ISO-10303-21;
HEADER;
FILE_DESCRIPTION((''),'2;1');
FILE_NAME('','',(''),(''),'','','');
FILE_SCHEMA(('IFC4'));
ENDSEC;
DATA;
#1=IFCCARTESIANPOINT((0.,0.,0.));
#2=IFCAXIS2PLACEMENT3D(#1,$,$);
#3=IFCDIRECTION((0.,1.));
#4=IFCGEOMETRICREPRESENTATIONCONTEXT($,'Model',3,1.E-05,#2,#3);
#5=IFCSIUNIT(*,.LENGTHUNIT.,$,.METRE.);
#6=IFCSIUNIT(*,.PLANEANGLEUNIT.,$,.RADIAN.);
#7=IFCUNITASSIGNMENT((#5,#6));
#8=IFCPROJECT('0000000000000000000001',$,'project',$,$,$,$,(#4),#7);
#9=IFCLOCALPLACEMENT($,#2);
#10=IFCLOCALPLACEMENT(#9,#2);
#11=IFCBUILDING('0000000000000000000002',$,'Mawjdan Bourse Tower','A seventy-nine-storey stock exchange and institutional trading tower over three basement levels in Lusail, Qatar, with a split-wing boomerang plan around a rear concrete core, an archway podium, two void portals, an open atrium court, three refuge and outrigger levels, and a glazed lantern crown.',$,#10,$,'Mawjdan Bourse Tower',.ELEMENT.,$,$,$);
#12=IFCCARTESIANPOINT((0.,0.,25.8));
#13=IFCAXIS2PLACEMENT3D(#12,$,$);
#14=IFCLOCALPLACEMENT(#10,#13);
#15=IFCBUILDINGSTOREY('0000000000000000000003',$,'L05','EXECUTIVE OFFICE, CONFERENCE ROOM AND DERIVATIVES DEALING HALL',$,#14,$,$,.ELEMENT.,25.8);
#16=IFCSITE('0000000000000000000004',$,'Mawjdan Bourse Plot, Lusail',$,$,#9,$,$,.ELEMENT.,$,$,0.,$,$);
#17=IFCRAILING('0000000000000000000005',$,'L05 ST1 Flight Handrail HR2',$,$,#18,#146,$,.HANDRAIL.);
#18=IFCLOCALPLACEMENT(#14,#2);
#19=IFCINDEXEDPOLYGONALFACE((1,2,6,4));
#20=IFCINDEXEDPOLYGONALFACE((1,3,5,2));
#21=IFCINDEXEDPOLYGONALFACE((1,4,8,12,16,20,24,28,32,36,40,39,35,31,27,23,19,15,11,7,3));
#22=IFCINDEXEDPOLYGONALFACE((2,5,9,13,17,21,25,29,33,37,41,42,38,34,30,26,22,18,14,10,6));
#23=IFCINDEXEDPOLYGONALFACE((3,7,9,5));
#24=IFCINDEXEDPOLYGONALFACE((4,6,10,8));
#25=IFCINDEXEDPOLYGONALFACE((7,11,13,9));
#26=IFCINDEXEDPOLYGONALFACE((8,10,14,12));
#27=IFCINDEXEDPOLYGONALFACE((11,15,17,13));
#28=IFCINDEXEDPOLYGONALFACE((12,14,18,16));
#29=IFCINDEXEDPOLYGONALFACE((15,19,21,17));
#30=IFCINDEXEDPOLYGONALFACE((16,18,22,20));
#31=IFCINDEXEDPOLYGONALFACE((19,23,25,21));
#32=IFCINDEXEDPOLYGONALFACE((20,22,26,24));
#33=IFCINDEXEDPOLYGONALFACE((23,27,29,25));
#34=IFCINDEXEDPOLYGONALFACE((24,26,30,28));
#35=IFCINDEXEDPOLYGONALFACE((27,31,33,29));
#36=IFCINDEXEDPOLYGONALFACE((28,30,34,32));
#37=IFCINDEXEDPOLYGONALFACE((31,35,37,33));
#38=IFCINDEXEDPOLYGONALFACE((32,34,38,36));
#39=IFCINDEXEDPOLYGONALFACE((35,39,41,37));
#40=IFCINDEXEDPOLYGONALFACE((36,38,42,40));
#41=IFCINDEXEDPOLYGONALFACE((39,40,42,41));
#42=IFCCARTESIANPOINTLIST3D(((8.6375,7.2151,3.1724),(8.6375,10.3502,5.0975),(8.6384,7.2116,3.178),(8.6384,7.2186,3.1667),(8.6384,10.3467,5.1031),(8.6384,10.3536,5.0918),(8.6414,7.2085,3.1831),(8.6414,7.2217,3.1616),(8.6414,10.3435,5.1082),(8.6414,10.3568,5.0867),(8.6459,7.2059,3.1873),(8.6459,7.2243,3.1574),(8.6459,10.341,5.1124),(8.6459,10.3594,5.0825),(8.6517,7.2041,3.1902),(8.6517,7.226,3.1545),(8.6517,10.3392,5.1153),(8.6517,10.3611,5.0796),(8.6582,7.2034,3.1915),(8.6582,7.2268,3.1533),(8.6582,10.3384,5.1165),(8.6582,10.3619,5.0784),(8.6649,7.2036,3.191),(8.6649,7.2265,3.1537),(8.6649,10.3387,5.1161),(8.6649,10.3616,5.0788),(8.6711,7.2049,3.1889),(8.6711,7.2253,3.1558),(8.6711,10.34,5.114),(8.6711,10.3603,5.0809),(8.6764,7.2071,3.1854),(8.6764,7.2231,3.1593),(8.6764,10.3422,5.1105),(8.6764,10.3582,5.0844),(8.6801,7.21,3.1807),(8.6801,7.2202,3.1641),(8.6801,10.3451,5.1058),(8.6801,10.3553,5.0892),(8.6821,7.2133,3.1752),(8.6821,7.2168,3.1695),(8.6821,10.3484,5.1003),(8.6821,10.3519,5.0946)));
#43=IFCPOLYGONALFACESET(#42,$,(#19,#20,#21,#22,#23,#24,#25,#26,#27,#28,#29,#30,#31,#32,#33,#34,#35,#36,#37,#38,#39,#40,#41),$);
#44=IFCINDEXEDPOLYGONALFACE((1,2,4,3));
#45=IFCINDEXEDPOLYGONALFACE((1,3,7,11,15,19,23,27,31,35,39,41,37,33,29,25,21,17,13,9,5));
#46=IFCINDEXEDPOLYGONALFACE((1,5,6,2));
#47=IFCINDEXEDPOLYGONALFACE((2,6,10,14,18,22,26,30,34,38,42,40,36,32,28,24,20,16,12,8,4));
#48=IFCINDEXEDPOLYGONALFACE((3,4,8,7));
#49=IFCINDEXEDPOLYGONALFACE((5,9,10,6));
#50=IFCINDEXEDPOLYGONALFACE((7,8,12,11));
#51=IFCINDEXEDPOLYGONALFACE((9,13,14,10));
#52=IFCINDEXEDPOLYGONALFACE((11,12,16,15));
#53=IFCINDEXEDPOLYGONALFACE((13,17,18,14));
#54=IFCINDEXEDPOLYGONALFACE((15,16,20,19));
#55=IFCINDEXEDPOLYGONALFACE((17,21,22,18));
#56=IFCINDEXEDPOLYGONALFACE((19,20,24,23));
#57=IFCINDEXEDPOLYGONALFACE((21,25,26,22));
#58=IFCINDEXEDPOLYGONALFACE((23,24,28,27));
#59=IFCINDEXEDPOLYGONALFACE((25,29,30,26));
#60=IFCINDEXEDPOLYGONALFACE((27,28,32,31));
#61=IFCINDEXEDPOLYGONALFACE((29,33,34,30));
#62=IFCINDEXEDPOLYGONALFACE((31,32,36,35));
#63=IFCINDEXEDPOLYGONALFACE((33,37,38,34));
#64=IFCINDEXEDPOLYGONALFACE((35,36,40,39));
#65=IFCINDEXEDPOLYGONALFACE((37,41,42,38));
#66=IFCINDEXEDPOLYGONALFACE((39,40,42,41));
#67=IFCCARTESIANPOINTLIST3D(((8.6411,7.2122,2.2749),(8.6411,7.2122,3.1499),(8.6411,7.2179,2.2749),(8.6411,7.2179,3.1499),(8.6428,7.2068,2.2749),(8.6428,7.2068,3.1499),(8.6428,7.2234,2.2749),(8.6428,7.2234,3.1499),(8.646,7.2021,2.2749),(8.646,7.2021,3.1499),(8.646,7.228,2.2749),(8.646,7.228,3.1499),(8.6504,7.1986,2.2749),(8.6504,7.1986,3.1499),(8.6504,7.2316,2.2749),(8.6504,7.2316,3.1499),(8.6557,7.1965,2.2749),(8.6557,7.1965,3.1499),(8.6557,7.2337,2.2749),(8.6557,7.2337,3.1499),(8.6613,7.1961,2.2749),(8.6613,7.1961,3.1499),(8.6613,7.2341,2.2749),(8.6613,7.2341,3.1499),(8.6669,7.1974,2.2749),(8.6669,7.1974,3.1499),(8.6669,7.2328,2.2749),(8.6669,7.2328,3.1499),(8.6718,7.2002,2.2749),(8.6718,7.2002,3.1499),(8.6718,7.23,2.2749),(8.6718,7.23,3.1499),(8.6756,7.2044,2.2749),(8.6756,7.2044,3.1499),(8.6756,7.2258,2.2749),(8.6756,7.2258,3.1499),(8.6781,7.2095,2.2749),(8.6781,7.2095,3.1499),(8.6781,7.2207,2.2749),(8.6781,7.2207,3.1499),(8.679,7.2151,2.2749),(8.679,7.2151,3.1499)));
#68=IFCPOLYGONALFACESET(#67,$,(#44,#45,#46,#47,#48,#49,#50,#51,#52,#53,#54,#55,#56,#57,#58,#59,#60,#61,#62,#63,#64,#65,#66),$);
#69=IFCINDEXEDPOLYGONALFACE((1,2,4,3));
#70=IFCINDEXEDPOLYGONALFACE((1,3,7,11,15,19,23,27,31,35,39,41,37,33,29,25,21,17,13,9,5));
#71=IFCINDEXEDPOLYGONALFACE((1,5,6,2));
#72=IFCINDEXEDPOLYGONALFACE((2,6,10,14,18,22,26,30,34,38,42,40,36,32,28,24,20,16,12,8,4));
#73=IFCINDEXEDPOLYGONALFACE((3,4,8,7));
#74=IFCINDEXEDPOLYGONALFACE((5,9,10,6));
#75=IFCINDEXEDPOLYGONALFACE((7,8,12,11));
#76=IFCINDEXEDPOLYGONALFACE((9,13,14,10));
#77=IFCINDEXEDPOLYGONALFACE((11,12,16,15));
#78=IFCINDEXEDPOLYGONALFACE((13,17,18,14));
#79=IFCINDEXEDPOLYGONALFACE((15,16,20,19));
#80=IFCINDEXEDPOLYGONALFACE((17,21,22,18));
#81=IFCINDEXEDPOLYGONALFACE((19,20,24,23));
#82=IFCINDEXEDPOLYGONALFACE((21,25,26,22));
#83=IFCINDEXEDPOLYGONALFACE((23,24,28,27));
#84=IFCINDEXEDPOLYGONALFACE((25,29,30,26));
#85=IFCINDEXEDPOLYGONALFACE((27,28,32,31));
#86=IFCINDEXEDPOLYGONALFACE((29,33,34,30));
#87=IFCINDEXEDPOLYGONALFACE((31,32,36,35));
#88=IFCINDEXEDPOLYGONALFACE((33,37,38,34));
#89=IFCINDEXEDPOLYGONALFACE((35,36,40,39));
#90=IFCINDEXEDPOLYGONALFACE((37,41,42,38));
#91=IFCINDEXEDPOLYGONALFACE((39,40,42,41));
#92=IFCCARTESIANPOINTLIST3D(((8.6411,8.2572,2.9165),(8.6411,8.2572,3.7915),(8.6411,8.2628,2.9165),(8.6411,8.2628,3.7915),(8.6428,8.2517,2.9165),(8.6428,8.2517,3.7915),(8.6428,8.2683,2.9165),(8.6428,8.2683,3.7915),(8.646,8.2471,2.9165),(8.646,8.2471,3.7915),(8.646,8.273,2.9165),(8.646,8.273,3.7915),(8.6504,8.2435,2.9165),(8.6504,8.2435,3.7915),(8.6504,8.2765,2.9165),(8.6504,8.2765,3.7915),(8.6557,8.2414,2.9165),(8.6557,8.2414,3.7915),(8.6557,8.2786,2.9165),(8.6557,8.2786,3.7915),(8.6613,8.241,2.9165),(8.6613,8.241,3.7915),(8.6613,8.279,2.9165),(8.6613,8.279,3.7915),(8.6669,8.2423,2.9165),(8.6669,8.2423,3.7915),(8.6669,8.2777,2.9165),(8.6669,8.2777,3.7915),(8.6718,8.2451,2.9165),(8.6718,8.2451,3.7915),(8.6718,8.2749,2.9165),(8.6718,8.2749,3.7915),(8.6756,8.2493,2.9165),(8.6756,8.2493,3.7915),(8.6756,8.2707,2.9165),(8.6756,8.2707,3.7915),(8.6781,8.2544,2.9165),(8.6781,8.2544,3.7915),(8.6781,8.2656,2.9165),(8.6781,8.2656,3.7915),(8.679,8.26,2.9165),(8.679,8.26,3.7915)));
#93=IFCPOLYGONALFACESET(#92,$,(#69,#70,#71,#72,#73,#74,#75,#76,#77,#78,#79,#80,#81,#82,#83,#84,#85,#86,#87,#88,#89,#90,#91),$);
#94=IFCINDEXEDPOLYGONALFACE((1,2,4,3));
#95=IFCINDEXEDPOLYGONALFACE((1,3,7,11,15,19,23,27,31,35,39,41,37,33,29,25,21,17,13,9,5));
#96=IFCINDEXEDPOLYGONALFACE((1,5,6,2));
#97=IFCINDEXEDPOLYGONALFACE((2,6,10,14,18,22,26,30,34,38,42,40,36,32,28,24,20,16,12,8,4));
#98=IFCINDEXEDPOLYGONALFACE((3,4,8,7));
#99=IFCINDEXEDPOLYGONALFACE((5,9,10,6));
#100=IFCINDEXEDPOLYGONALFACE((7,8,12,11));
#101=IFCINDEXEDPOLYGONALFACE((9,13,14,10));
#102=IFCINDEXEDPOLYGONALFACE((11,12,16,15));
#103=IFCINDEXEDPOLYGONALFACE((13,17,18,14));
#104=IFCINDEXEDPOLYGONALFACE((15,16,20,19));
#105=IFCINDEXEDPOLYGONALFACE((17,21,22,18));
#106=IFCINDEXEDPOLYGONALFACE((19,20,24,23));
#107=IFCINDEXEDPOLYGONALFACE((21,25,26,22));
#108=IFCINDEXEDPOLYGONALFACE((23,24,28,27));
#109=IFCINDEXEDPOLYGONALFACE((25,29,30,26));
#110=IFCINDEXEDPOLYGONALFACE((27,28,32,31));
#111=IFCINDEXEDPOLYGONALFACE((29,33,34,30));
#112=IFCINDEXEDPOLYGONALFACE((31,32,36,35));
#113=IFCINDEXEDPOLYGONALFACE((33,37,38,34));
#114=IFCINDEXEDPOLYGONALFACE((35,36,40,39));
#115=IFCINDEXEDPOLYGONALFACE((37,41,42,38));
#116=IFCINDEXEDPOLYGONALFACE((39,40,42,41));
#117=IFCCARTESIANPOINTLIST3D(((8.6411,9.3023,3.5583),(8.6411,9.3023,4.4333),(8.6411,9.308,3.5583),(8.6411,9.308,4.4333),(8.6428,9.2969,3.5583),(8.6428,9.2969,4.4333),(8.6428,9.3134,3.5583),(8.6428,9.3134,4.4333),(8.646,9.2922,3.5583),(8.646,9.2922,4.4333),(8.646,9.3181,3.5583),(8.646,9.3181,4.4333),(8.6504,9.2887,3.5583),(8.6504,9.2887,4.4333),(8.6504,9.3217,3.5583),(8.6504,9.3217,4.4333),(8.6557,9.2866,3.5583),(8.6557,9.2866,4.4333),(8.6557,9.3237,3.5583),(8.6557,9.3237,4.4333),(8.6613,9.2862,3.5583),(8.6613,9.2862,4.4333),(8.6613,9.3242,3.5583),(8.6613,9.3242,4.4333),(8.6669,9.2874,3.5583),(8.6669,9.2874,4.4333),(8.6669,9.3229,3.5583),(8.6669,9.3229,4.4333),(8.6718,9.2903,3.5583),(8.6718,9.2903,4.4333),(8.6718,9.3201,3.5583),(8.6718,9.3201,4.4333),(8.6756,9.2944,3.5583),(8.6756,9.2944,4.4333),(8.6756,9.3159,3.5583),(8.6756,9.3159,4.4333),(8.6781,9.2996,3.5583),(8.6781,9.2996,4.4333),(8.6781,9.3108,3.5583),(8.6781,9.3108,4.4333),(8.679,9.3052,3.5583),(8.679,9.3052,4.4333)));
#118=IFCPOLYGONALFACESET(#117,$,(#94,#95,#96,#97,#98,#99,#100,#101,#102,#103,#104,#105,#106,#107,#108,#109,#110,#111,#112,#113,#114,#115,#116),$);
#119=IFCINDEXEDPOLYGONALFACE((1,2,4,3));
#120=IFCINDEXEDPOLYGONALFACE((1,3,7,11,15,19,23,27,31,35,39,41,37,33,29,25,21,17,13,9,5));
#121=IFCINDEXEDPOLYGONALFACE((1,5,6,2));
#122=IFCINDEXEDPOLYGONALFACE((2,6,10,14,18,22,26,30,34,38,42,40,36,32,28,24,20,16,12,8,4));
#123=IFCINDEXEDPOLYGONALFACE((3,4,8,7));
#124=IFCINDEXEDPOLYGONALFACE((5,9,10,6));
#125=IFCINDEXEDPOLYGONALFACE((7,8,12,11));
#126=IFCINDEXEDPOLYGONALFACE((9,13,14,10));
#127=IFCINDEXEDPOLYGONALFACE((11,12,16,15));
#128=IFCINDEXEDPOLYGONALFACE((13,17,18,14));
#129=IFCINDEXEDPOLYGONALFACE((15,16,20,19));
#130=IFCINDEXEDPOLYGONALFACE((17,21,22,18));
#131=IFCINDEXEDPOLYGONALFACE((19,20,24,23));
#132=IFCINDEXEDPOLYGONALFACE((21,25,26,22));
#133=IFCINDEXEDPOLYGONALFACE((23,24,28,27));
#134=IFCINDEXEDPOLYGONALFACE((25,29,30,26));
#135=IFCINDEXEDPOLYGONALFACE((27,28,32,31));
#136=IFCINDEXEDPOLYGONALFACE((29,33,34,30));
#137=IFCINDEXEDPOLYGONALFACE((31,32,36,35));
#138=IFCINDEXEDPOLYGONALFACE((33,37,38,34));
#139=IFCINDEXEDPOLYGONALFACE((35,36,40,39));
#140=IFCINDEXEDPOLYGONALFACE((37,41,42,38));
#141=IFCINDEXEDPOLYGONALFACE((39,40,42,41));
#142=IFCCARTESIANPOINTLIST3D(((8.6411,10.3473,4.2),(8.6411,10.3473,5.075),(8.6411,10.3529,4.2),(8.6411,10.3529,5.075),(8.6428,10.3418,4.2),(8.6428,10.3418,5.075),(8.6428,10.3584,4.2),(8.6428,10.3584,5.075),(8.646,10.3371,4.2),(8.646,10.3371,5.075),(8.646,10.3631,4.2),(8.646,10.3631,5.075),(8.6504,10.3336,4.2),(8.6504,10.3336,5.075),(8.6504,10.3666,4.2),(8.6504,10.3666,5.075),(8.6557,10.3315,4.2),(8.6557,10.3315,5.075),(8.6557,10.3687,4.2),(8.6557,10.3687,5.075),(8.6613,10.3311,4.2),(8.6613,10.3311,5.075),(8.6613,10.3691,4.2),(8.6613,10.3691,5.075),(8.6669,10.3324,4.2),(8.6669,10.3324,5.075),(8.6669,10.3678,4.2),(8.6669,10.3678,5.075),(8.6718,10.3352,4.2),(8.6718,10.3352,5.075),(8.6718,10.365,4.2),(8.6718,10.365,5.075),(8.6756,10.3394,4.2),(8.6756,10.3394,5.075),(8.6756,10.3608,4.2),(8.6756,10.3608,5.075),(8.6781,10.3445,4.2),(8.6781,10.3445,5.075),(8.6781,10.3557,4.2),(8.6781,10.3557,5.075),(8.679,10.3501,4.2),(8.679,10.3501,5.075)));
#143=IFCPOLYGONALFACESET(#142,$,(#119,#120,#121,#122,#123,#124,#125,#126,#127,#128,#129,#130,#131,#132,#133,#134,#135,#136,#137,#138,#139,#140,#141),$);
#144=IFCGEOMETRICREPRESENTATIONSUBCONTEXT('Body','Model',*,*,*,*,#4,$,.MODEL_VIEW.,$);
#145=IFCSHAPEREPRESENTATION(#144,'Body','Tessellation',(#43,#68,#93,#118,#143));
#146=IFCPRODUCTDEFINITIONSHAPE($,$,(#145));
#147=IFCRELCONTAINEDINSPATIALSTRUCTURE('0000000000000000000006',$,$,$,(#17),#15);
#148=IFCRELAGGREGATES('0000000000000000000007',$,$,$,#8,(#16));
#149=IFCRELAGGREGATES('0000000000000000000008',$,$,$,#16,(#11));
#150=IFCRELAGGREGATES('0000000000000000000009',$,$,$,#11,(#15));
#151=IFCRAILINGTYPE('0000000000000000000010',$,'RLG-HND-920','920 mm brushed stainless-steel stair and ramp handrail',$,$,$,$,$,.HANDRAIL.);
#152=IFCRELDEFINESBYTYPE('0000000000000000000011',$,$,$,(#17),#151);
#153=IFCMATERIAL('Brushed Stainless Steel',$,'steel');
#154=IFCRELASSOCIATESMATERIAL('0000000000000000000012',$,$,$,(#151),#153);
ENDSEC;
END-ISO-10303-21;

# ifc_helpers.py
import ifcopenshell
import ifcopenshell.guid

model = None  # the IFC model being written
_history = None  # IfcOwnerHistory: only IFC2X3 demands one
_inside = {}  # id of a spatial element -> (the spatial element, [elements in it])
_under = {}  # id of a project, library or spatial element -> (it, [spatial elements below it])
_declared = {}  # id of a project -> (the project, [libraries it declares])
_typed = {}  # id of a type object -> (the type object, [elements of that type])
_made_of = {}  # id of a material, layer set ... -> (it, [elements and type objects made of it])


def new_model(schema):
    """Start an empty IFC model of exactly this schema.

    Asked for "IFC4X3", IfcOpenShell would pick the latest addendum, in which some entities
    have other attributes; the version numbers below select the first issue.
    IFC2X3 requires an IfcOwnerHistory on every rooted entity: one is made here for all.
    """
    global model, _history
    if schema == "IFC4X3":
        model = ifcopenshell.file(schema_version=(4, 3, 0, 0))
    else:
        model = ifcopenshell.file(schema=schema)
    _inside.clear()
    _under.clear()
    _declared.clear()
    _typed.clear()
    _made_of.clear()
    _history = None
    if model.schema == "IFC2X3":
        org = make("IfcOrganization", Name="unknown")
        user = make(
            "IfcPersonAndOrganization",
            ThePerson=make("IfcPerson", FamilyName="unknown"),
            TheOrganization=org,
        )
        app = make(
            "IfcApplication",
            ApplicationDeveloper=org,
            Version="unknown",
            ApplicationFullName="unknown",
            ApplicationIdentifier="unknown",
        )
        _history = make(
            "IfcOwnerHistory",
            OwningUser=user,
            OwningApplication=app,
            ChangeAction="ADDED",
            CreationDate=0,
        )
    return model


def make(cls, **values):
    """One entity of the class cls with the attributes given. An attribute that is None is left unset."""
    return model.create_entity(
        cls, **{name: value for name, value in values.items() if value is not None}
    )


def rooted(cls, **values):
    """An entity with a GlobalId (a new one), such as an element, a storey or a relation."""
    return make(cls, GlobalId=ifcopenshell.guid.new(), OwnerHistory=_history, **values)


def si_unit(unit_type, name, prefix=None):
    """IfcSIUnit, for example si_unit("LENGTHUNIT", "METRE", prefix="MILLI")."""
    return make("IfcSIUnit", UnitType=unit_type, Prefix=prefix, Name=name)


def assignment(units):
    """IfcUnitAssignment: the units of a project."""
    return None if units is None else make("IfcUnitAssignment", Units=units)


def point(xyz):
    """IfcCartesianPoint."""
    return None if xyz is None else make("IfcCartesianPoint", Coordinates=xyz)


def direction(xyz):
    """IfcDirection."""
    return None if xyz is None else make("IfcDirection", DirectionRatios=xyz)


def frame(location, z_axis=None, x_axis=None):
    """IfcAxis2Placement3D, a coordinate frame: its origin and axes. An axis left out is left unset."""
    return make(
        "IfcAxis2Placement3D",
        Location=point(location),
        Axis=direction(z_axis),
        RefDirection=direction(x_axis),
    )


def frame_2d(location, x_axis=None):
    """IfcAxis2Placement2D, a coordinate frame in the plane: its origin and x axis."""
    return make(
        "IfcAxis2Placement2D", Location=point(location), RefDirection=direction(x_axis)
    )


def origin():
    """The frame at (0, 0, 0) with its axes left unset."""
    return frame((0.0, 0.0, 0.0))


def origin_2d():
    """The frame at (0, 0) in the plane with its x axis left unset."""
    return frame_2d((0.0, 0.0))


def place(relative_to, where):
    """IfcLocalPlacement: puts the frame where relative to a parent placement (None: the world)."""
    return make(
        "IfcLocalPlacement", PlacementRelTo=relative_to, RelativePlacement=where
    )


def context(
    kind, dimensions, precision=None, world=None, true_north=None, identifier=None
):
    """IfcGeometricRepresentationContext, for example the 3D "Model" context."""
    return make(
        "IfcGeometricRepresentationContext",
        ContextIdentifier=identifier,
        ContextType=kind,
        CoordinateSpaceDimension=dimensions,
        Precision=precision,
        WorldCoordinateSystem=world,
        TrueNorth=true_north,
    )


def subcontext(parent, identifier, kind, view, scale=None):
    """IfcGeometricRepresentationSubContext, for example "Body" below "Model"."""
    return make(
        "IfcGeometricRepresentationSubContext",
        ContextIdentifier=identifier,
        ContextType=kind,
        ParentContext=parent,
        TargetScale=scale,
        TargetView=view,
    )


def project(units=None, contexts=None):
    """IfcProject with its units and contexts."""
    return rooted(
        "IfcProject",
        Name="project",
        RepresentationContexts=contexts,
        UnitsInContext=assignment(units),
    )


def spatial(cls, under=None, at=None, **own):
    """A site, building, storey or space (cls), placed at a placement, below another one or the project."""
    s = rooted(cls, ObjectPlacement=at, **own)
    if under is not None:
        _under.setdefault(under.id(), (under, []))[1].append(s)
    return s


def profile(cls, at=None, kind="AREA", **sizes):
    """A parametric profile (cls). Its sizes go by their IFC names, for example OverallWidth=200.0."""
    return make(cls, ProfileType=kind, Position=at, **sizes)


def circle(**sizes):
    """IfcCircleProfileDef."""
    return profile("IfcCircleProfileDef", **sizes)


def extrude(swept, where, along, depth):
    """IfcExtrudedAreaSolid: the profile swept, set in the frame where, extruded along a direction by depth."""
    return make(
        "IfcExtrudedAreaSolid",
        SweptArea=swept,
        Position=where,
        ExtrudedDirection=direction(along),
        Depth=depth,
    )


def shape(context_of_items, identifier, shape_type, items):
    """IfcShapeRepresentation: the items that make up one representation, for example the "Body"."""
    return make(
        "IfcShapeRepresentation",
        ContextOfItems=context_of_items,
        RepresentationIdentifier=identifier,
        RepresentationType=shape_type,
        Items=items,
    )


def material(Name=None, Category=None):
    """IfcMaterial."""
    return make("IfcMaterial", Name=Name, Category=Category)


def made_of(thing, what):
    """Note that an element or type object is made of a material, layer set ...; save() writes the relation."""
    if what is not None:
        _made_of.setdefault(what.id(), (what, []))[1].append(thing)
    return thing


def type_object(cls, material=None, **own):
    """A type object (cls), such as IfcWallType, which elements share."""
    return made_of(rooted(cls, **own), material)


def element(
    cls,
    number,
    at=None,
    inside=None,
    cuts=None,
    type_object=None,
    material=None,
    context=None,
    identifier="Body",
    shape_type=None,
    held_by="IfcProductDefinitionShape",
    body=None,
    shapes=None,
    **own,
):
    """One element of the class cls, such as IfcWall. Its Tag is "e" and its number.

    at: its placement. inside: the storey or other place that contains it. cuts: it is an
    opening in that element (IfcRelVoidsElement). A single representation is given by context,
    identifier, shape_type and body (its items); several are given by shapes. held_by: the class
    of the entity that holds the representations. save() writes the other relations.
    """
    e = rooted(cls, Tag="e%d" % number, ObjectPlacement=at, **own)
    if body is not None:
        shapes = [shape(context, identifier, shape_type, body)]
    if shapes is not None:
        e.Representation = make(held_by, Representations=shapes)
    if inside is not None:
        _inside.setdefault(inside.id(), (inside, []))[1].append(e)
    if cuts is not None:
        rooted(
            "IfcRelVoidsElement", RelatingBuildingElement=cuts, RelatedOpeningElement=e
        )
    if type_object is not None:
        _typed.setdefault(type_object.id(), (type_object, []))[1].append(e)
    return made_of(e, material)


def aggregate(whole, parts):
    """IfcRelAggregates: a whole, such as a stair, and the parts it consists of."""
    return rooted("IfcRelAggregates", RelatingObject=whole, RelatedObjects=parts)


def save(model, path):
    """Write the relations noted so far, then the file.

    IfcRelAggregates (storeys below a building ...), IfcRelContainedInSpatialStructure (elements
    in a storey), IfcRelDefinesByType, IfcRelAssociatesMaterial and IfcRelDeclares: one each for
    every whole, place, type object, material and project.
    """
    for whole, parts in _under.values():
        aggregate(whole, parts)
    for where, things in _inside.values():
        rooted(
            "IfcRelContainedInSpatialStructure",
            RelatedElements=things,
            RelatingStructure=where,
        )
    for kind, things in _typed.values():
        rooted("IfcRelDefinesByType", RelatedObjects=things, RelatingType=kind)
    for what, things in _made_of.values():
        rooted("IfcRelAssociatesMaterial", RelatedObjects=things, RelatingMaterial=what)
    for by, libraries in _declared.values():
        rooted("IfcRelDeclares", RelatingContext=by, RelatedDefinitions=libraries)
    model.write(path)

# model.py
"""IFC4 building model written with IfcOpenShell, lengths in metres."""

from ifc_helpers import new_model, si_unit, direction, frame, origin, origin_2d, place, context, subcontext, project, spatial, circle, extrude, material, type_object, element, save


model = new_model("IFC4")

# Units and contexts
model_context = context("Model", 3, precision=1e-05, world=origin(), true_north=direction((0.0, 1.0)))
body_context = subcontext(model_context, "Body", "Model", "MODEL_VIEW")
ifc_project = project(units=[si_unit("LENGTHUNIT", "METRE"), si_unit("PLANEANGLEUNIT", "RADIAN")], contexts=[model_context])

# Site, building, storey
site_placement = place(None, origin())
site = spatial("IfcSite", under=ifc_project, at=site_placement, Name="Mawjdan Bourse Plot, Lusail", CompositionType="ELEMENT", RefElevation=0.0)
building_placement = place(site_placement, origin())
building = spatial("IfcBuilding", under=site, at=building_placement, Name="Mawjdan Bourse Tower", Description="A seventy-nine-storey stock exchange and institutional trading tower over three basement levels in Lusail, Qatar, with a split-wing boomerang plan around a rear concrete core, an archway podium, two void portals, an open atrium court, three refuge and outrigger levels, and a glazed lantern crown.", LongName="Mawjdan Bourse Tower", CompositionType="ELEMENT")
storey_placement = place(building_placement, frame((0.0, 0.0, 25.8)))
storey = spatial("IfcBuildingStorey", under=building, at=storey_placement, Name="L05", Description="EXECUTIVE OFFICE, CONFERENCE ROOM AND DERIVATIVES DEALING HALL", CompositionType="ELEMENT", Elevation=25.8)

# Railing
ifc_material_1 = material(Name="Brushed Stainless Steel", Category="steel")
railing_type_1 = type_object("IfcRailingType", Name="RLG-HND-920", Description="920 mm brushed stainless-steel stair and ramp handrail", PredefinedType="HANDRAIL", material=ifc_material_1)
railing_1_placement = place(storey_placement, frame((8.6599, 7.2151, 2.2749)))
element("IfcRailing", 1, at=railing_1_placement, inside=storey, type_object=railing_type_1, Name="L05 ST1 Flight Handrail HR2", PredefinedType="HANDRAIL", context=body_context, shape_type="SweptSolid", body=[
    extrude(circle(Radius=0.0225, at=origin_2d()), frame((0.0, 0.0, 0.8975), z_axis=(0.0, 0.852166, 0.523271), x_axis=(-1.0, 0.0, 0.0)), (0.0, 0.0, 1.0), 3.679),
    extrude(circle(Radius=0.019, at=origin_2d()), origin(), (0.0, 0.0, 1.0), 0.875),
    extrude(circle(Radius=0.019, at=origin_2d()), frame((0.0, 1.0449, 0.6416)), (0.0, 0.0, 1.0), 0.875),
    extrude(circle(Radius=0.019, at=origin_2d()), frame((0.0, 2.0901, 1.2834)), (0.0, 0.0, 1.0), 0.875),
    extrude(circle(Radius=0.019, at=origin_2d()), frame((0.0, 3.135, 1.925)), (0.0, 0.0, 1.0), 0.875),
])

save(model, "model.ifc")
